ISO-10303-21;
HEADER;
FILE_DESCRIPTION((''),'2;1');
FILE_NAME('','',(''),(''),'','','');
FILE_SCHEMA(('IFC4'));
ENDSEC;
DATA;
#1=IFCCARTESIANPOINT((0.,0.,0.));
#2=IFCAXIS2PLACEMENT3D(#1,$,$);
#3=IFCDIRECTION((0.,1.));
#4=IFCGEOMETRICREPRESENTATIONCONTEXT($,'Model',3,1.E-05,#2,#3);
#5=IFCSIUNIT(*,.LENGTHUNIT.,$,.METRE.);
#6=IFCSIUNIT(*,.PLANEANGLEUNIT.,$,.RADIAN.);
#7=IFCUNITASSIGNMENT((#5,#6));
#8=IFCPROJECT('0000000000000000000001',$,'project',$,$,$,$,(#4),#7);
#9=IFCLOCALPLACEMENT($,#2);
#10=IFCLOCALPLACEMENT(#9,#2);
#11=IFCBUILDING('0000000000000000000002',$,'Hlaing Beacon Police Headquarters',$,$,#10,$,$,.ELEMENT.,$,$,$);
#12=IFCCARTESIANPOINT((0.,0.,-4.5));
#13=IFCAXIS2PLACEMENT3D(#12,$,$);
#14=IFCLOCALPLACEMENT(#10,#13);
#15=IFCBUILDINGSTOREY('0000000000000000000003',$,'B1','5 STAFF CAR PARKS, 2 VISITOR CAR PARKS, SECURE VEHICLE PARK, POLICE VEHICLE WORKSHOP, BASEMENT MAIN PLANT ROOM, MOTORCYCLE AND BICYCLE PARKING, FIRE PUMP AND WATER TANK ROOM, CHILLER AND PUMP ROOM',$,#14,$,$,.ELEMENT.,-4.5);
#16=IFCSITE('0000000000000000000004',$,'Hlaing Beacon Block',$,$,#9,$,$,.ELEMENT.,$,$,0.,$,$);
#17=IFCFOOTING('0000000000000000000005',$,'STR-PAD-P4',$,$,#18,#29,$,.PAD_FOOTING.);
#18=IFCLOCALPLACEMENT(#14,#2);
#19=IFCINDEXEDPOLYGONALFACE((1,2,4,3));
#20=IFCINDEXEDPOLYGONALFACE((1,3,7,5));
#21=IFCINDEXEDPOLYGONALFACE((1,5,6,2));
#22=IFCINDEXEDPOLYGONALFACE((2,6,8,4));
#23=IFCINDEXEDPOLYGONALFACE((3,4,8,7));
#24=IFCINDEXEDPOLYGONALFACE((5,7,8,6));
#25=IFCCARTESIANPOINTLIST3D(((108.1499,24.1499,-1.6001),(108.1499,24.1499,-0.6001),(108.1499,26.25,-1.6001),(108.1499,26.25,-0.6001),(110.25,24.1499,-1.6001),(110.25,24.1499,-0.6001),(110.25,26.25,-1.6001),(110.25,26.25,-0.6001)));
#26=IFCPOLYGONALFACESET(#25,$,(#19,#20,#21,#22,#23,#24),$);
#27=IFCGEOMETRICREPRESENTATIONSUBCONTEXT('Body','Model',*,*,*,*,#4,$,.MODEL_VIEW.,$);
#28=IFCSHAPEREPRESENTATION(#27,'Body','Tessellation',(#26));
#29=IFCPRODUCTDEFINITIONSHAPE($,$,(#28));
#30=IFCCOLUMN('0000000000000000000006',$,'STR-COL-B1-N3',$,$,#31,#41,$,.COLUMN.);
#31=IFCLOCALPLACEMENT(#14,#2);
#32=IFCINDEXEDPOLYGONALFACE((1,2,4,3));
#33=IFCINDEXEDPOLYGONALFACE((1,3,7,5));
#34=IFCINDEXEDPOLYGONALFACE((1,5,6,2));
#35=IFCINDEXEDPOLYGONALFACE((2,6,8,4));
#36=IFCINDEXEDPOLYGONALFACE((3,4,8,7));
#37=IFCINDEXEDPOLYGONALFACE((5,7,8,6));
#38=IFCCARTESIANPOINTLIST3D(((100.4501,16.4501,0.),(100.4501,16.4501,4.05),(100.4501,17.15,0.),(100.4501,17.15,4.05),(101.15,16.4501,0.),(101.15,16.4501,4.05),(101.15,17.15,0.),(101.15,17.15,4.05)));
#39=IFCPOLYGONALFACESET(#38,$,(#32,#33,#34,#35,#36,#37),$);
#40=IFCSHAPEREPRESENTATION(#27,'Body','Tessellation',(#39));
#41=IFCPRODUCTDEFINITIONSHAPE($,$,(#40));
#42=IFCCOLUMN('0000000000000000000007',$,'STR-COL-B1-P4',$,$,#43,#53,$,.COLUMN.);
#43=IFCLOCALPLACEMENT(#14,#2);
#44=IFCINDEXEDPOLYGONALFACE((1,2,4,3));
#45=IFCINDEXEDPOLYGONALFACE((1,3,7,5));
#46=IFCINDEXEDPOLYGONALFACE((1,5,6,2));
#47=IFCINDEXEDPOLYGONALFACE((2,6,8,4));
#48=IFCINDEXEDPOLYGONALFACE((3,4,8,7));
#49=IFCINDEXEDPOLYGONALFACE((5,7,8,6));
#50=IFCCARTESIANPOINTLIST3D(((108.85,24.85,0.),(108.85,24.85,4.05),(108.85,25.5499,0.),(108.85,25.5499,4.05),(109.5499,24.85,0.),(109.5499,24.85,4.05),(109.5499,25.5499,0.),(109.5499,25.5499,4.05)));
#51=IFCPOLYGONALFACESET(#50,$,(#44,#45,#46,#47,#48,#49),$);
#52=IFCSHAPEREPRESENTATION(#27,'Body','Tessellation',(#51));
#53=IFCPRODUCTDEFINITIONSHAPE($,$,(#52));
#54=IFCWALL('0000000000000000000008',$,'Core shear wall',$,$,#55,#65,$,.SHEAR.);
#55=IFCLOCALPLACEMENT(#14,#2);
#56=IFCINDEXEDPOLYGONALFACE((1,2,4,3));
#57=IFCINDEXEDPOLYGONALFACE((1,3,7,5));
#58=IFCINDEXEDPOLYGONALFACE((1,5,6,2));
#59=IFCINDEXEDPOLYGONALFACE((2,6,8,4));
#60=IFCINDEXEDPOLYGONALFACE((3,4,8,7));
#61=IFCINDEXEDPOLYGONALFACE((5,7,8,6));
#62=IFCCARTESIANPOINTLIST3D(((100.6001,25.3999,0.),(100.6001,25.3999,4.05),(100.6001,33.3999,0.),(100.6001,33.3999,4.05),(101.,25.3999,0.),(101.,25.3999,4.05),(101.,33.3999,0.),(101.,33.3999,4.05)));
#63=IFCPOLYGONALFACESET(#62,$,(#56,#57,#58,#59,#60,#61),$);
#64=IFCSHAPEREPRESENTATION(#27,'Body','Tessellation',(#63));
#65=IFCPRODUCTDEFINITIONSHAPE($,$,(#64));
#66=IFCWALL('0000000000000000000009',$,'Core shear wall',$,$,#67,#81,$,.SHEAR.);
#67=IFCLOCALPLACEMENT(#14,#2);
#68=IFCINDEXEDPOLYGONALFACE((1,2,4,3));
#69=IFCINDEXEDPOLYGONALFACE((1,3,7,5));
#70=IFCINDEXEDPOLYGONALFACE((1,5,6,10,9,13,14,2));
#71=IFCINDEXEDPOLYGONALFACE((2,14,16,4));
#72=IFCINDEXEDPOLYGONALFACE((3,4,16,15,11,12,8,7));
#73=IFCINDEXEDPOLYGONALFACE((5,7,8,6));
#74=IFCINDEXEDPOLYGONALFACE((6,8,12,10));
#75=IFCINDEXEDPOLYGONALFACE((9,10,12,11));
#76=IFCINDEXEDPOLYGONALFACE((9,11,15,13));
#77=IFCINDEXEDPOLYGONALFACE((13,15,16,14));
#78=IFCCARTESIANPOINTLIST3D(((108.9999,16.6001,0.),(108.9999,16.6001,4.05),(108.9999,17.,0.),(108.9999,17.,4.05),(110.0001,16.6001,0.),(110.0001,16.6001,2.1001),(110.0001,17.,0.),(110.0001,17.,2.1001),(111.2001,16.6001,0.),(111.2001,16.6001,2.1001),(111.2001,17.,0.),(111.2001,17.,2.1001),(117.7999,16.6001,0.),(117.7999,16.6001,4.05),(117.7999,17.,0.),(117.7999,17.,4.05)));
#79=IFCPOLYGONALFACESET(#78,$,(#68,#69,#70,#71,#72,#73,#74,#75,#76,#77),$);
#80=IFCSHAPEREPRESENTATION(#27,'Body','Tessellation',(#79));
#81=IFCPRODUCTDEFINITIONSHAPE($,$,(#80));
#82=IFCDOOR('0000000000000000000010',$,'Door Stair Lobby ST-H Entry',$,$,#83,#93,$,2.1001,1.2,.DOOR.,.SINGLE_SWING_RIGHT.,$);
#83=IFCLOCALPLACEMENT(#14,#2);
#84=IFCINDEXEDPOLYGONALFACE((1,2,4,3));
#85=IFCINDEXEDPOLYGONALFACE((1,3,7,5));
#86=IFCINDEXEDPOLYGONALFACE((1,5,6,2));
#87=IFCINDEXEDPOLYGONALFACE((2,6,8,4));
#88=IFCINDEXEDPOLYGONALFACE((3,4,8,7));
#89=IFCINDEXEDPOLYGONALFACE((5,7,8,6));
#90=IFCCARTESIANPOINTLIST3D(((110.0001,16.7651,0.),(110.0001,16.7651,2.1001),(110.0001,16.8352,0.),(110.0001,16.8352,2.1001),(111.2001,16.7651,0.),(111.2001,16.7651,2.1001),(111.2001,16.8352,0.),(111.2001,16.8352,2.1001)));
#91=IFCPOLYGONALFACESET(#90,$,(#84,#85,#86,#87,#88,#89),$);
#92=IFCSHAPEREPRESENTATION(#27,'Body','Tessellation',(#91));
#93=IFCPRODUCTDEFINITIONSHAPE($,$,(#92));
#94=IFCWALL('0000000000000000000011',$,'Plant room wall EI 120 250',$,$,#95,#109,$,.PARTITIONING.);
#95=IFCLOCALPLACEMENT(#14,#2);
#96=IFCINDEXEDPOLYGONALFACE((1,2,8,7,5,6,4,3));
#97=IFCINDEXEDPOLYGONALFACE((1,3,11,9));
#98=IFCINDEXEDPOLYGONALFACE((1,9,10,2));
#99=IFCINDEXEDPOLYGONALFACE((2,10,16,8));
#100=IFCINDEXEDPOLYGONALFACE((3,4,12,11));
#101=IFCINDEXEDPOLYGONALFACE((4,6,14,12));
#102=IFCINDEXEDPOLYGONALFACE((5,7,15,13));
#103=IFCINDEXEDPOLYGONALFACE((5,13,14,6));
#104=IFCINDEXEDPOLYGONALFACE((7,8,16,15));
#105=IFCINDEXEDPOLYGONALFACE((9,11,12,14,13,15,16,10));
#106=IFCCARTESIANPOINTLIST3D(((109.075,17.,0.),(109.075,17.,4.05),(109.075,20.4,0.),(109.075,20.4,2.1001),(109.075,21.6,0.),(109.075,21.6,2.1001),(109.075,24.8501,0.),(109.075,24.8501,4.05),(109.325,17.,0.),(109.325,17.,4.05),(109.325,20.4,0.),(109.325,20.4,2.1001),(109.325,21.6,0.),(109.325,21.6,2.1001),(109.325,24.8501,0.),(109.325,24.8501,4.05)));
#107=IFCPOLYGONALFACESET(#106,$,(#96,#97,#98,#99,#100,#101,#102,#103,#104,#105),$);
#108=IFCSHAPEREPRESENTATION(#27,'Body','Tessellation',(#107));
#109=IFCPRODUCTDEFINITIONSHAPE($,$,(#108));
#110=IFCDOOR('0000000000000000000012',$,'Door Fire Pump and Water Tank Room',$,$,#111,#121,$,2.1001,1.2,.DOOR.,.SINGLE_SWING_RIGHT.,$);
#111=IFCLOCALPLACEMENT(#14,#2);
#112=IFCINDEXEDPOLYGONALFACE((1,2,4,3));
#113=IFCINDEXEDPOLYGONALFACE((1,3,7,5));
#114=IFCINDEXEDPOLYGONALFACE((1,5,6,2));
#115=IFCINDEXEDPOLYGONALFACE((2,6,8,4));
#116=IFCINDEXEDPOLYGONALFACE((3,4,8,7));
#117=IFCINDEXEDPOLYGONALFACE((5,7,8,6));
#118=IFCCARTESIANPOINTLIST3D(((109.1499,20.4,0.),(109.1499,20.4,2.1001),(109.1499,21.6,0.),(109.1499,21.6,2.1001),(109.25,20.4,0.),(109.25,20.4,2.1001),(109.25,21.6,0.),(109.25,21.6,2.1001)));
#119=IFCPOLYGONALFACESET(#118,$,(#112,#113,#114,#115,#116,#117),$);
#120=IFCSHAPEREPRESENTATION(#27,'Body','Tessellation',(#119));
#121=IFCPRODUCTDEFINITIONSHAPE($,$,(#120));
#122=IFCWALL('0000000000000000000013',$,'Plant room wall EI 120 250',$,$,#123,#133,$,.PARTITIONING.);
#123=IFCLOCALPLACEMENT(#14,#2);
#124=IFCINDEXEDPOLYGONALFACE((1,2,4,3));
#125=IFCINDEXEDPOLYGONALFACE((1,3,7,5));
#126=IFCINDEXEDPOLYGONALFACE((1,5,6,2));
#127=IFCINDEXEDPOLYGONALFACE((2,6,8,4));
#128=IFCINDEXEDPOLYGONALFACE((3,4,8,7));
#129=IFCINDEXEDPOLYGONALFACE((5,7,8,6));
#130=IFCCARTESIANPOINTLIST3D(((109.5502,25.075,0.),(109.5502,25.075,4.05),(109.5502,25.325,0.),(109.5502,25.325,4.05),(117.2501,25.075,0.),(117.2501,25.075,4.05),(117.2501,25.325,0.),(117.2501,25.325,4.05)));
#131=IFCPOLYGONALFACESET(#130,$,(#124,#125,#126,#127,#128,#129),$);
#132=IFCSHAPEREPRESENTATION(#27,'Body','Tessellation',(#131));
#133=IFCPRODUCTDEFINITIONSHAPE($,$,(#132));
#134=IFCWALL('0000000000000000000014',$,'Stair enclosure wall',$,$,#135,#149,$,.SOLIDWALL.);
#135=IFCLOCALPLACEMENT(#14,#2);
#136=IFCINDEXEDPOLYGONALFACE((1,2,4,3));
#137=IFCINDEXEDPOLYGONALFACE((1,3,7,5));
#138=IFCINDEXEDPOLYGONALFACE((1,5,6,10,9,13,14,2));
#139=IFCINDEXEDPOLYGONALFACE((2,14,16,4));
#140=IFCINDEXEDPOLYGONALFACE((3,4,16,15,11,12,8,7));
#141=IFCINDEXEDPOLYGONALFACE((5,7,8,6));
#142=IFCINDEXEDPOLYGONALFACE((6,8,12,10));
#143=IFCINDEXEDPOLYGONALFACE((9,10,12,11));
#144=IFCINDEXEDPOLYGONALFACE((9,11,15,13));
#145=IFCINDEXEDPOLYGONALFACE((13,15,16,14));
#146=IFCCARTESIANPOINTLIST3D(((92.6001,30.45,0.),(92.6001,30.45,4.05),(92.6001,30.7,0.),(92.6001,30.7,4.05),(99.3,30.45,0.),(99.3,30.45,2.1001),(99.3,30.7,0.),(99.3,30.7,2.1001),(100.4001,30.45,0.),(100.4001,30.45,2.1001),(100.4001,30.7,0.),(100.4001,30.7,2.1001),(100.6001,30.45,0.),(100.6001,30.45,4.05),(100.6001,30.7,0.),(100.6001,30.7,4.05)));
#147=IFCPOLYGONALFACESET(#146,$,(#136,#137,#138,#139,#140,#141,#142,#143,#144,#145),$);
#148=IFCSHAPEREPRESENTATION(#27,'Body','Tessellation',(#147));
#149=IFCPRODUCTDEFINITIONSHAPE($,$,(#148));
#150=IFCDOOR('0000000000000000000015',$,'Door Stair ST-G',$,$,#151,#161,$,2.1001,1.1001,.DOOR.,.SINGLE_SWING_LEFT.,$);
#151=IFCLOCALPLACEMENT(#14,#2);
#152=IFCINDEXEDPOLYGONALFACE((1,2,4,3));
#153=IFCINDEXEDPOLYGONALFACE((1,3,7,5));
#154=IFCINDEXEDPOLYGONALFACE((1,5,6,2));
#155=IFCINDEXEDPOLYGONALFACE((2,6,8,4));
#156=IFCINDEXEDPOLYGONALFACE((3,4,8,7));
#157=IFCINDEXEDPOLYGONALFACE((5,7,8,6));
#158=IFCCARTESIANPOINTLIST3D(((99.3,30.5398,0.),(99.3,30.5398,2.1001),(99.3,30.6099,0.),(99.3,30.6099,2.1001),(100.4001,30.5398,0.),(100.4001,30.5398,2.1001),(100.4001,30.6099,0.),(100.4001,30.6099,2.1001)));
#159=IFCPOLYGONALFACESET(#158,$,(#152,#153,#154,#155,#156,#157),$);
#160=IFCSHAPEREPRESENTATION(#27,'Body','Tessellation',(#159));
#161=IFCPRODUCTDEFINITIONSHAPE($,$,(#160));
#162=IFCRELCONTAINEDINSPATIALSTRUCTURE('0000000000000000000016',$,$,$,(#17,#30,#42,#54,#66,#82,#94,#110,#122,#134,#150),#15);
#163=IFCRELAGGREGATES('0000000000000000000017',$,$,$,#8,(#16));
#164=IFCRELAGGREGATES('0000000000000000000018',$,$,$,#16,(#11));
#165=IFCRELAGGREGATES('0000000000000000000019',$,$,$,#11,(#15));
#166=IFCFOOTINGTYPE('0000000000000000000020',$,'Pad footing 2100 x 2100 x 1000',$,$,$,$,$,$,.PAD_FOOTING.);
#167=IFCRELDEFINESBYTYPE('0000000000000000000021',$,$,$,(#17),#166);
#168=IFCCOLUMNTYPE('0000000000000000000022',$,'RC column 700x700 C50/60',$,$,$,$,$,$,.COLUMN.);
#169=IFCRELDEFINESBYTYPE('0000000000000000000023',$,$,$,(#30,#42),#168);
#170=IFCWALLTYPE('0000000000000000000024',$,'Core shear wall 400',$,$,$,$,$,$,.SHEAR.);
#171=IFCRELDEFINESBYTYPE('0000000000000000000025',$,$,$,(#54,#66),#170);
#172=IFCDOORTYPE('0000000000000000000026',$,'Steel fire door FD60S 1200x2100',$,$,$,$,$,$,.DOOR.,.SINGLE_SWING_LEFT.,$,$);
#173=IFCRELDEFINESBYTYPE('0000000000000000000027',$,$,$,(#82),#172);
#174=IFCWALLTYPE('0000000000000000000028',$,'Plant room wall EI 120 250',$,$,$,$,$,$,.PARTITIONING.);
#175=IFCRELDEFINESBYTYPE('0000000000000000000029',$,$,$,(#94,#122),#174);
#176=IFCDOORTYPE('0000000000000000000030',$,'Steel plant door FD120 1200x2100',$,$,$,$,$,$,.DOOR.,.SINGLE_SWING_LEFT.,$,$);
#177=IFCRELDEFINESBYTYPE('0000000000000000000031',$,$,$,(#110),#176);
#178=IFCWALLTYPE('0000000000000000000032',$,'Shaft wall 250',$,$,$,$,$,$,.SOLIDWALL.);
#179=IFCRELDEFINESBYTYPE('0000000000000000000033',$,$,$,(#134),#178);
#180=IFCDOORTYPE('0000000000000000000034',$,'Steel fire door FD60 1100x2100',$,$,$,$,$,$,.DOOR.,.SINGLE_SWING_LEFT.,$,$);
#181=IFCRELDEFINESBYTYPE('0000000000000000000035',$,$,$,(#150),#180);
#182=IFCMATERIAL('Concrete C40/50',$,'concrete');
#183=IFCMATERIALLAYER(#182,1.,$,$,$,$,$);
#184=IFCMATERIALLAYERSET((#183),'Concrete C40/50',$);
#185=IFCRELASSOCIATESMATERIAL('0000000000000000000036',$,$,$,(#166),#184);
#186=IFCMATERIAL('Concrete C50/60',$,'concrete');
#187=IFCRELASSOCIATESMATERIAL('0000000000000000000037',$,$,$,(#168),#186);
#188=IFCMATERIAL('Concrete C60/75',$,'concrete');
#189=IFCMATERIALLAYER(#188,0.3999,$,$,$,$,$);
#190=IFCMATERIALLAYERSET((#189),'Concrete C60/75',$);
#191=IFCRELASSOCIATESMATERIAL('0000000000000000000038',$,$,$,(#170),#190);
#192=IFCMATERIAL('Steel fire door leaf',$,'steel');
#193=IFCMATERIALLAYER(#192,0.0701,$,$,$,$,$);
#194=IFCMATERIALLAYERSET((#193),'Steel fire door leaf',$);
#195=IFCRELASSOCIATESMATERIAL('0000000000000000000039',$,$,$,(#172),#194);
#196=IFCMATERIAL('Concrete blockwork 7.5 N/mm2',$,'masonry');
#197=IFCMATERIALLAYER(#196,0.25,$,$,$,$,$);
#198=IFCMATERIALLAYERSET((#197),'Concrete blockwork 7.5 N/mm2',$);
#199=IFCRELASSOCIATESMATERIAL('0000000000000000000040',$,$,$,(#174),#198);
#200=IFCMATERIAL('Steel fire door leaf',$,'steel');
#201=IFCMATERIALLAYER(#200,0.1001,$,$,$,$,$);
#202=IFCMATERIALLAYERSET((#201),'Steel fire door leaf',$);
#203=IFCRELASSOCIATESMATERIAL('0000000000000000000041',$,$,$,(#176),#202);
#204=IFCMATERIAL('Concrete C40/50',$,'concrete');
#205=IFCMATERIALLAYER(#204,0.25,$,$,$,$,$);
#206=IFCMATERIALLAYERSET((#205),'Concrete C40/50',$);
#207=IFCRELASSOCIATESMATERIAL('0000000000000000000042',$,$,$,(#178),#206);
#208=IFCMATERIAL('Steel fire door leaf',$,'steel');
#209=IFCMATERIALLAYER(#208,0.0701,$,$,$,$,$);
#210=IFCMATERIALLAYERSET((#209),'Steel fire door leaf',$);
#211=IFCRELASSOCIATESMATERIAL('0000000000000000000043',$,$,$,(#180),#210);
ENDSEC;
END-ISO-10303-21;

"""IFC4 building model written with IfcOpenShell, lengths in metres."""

from ifc_helpers import new_model, si_unit, direction, frame, frame_2d, origin, origin_2d, place, context, subcontext, project, spatial, rectangle, extrude, material, layer, layer_set, material_profile, profile_set, type_object, element, fill, save


model = new_model("IFC4")

# Units and contexts
model_context = context("Model", 3, precision=1e-05, world=origin(), true_north=direction((0.0, 1.0)))
body_context = subcontext(model_context, "Body", "Model", "MODEL_VIEW")
ifc_project = project(units=[si_unit("LENGTHUNIT", "METRE"), si_unit("PLANEANGLEUNIT", "RADIAN")], contexts=[model_context])

# Site, building, storey
site_placement = place(None, origin())
site = spatial("IfcSite", under=ifc_project, at=site_placement, Name="Hlaing Beacon Block", CompositionType="ELEMENT", RefElevation=0.0)
building_placement = place(site_placement, origin())
building = spatial("IfcBuilding", under=site, at=building_placement, Name="Hlaing Beacon Police Headquarters", CompositionType="ELEMENT")
storey_placement = place(building_placement, frame((0.0, 0.0, -4.5)))
storey = spatial("IfcBuildingStorey", under=building, at=storey_placement, Name="B1", Description="5 STAFF CAR PARKS, 2 VISITOR CAR PARKS, SECURE VEHICLE PARK, POLICE VEHICLE WORKSHOP, BASEMENT MAIN PLANT ROOM, MOTORCYCLE AND BICYCLE PARKING, FIRE PUMP AND WATER TANK ROOM, CHILLER AND PUMP ROOM", CompositionType="ELEMENT", Elevation=-4.5)

# Footing
ifc_material_1 = material(Name="Concrete C40/50", Category="concrete")
ifc_layer_1 = layer(ifc_material_1, 1.0)
ifc_layer_set_1 = layer_set([ifc_layer_1], Name="Concrete C40/50")
footing_type = type_object("IfcFootingType", Name="Pad footing 2100 x 2100 x 1000", PredefinedType="PAD_FOOTING", material=ifc_layer_set_1)
footing_placement = place(storey_placement, frame((109.2, 25.2, -1.6001), z_axis=(0.0, 0.0, 1.0), x_axis=(1.0, 0.0, 0.0)))
element("IfcFooting", 1, at=footing_placement, inside=storey, type_object=footing_type, Name="STR-PAD-P4", PredefinedType="PAD_FOOTING", context=body_context, shape_type="SweptSolid", body=[
    extrude(rectangle(XDim=2.1001, YDim=2.1001, at=origin_2d()), origin(), (0.0, 0.0, 1.0), 1.0),
])

# Columns
ifc_material_2 = material(Name="Concrete C50/60", Category="concrete")
ifc_material_profile_1 = material_profile(ifc_material_2, rectangle(XDim=0.7, YDim=0.7, at=origin_2d()), Name="700x700")
ifc_profile_set_1 = profile_set([ifc_material_profile_1], Name="Concrete C50/60")
column_type = type_object("IfcColumnType", Name="RC column 700x700 C50/60", PredefinedType="COLUMN", material=ifc_profile_set_1)
for number, where, z_axis, x_axis, name in (
    (2, (100.8, 16.8, 0.0), (0.0, 0.0, 1.0), (1.0, 0.0, 0.0), "STR-COL-B1-N3"),
    (3, (109.2, 25.2, 0.0), (0.0, 0.0, 1.0), (1.0, 0.0, 0.0), "STR-COL-B1-P4"),
):
    element("IfcColumn", number, at=place(storey_placement, frame(where, z_axis=z_axis, x_axis=x_axis)), inside=storey, type_object=column_type, Name=name, PredefinedType="COLUMN", context=body_context, shape_type="SweptSolid", body=[
        extrude(rectangle(XDim=0.7, YDim=0.7, at=origin_2d()), origin(), (0.0, 0.0, 1.0), 4.05),
    ])

# Wall
ifc_material_3 = material(Name="Concrete C60/75", Category="concrete")
ifc_layer_2 = layer(ifc_material_3, 0.3999)
ifc_layer_set_2 = layer_set([ifc_layer_2], Name="Concrete C60/75")
wall_type_1 = type_object("IfcWallType", Name="Core shear wall 400", PredefinedType="SHEAR", material=ifc_layer_set_2)
wall_1_placement = place(storey_placement, frame((100.8, 25.3999, 0.0), z_axis=(0.0, 0.0, 1.0), x_axis=(0.0, 1.0, 0.0)))
element("IfcWall", 4, at=wall_1_placement, inside=storey, type_object=wall_type_1, Name="Core shear wall", PredefinedType="SHEAR", context=body_context, shape_type="SweptSolid", body=[
    extrude(rectangle(XDim=8.0, YDim=0.3999, at=frame_2d((4.0, 0.0))), origin(), (0.0, 0.0, 1.0), 4.05),
])

# Walls, openings, doors
wall_2_placement = place(storey_placement, frame((109.0, 16.8, 0.0), z_axis=(0.0, 0.0, 1.0), x_axis=(1.0, 0.0, 0.0)))
wall_2 = element("IfcWall", 5, at=wall_2_placement, inside=storey, type_object=wall_type_1, Name="Core shear wall", PredefinedType="SHEAR", context=body_context, shape_type="SweptSolid", body=[
    extrude(rectangle(XDim=8.8, YDim=0.3999, at=frame_2d((4.3999, 0.0))), origin(), (0.0, 0.0, 1.0), 4.05),
])
opening_1_placement = place(wall_2_placement, frame((1.0, 0.0, 0.0)))
opening_1 = element("IfcOpeningElement", 6, at=opening_1_placement, cuts=wall_2, PredefinedType="OPENING", context=body_context, shape_type="SweptSolid", body=[
    extrude(rectangle(XDim=1.2, YDim=2.1001, at=frame_2d((0.6001, 1.05))), frame((0.0, 0.21, 0.0), z_axis=(0.0, -1.0, 0.0), x_axis=(1.0, 0.0, 0.0)), (0.0, 0.0, 1.0), 0.4199),
])
ifc_material_4 = material(Name="Steel fire door leaf", Category="steel")
ifc_layer_3 = layer(ifc_material_4, 0.0701)
ifc_layer_set_3 = layer_set([ifc_layer_3], Name="Steel fire door leaf")
door_type_1 = type_object("IfcDoorType", Name="Steel fire door FD60S 1200x2100", OperationType="SINGLE_SWING_LEFT", PredefinedType="DOOR", material=ifc_layer_set_3)
door_1_placement = place(opening_1_placement, frame((1.2, 0.0, 0.0), z_axis=(0.0, 0.0, 1.0), x_axis=(-1.0, 0.0, 0.0)))
door_1 = element("IfcDoor", 7, at=door_1_placement, inside=storey, type_object=door_type_1, Name="Door Stair Lobby ST-H Entry", OperationType="SINGLE_SWING_RIGHT", OverallHeight=2.1001, OverallWidth=1.2, PredefinedType="DOOR", context=body_context, shape_type="SweptSolid", body=[
    extrude(rectangle(XDim=1.2, YDim=2.1001, at=frame_2d((0.5999, 1.05))), frame((0.0, 0.0349, 0.0), z_axis=(0.0, -1.0, 0.0), x_axis=(1.0, 0.0, 0.0)), (0.0, 0.0, 1.0), 0.0701),
])
fill(opening_1, door_1)
ifc_material_5 = material(Name="Concrete blockwork 7.5 N/mm2", Category="masonry")
ifc_layer_4 = layer(ifc_material_5, 0.25)
ifc_layer_set_4 = layer_set([ifc_layer_4], Name="Concrete blockwork 7.5 N/mm2")
wall_type_2 = type_object("IfcWallType", Name="Plant room wall EI 120 250", PredefinedType="PARTITIONING", material=ifc_layer_set_4)
wall_3_placement = place(storey_placement, frame((109.2, 17.0, 0.0), z_axis=(0.0, 0.0, 1.0), x_axis=(0.0, 1.0, 0.0)))
wall_3 = element("IfcWall", 8, at=wall_3_placement, inside=storey, type_object=wall_type_2, Name="Plant room wall EI 120 250", PredefinedType="PARTITIONING", context=body_context, shape_type="SweptSolid", body=[
    extrude(rectangle(XDim=7.8501, YDim=0.25, at=frame_2d((3.925, 0.0))), origin(), (0.0, 0.0, 1.0), 4.05),
])
opening_2_placement = place(wall_3_placement, frame((3.3999, 0.0, 0.0)))
opening_2 = element("IfcOpeningElement", 9, at=opening_2_placement, cuts=wall_3, PredefinedType="OPENING", context=body_context, shape_type="SweptSolid", body=[
    extrude(rectangle(XDim=1.2, YDim=2.1001, at=frame_2d((0.6001, 1.05))), frame((0.0, 0.135, 0.0), z_axis=(0.0, -1.0, 0.0), x_axis=(1.0, 0.0, 0.0)), (0.0, 0.0, 1.0), 0.27),
])
ifc_material_6 = material(Name="Steel fire door leaf", Category="steel")
ifc_layer_5 = layer(ifc_material_6, 0.1001)
ifc_layer_set_5 = layer_set([ifc_layer_5], Name="Steel fire door leaf")
door_type_2 = type_object("IfcDoorType", Name="Steel plant door FD120 1200x2100", OperationType="SINGLE_SWING_LEFT", PredefinedType="DOOR", material=ifc_layer_set_5)
door_2_placement = place(opening_2_placement, frame((1.2, 0.0, 0.0), z_axis=(0.0, 0.0, 1.0), x_axis=(-1.0, 0.0, 0.0)))
door_2 = element("IfcDoor", 10, at=door_2_placement, inside=storey, type_object=door_type_2, Name="Door Fire Pump and Water Tank Room", OperationType="SINGLE_SWING_RIGHT", OverallHeight=2.1001, OverallWidth=1.2, PredefinedType="DOOR", context=body_context, shape_type="SweptSolid", body=[
    extrude(rectangle(XDim=1.2, YDim=2.1001, at=frame_2d((0.5999, 1.05))), frame((0.0, 0.05, 0.0), z_axis=(0.0, -1.0, 0.0), x_axis=(1.0, 0.0, 0.0)), (0.0, 0.0, 1.0), 0.1001),
])
fill(opening_2, door_2)

# Wall
wall_4_placement = place(storey_placement, frame((109.55, 25.2, 0.0), z_axis=(0.0, 0.0, 1.0), x_axis=(1.0, 0.0, 0.0)))
element("IfcWall", 11, at=wall_4_placement, inside=storey, type_object=wall_type_2, Name="Plant room wall EI 120 250", PredefinedType="PARTITIONING", context=body_context, shape_type="SweptSolid", body=[
    extrude(rectangle(XDim=7.7, YDim=0.25, at=frame_2d((3.8501, 0.0))), origin(), (0.0, 0.0, 1.0), 4.05),
])

# Wall, opening, door
ifc_material_7 = material(Name="Concrete C40/50", Category="concrete")
ifc_layer_6 = layer(ifc_material_7, 0.25)
ifc_layer_set_6 = layer_set([ifc_layer_6], Name="Concrete C40/50")
wall_type_3 = type_object("IfcWallType", Name="Shaft wall 250", PredefinedType="SOLIDWALL", material=ifc_layer_set_6)
wall_5_placement = place(storey_placement, frame((100.6001, 30.575, 0.0), z_axis=(0.0, 0.0, 1.0), x_axis=(-1.0, 0.0, 0.0)))
wall_5 = element("IfcWall", 12, at=wall_5_placement, inside=storey, type_object=wall_type_3, Name="Stair enclosure wall", PredefinedType="SOLIDWALL", context=body_context, shape_type="SweptSolid", body=[
    extrude(rectangle(XDim=8.0, YDim=0.25, at=frame_2d((4.0, 0.0))), origin(), (0.0, 0.0, 1.0), 4.05),
])
opening_3_placement = place(wall_5_placement, frame((0.2, 0.0, 0.0)))
opening_3 = element("IfcOpeningElement", 13, at=opening_3_placement, cuts=wall_5, PredefinedType="OPENING", context=body_context, shape_type="SweptSolid", body=[
    extrude(rectangle(XDim=1.1001, YDim=2.1001, at=frame_2d((0.55, 1.05))), frame((0.0, 0.135, 0.0), z_axis=(0.0, -1.0, 0.0), x_axis=(1.0, 0.0, 0.0)), (0.0, 0.0, 1.0), 0.27),
])
ifc_material_8 = material(Name="Steel fire door leaf", Category="steel")
ifc_layer_7 = layer(ifc_material_8, 0.0701)
ifc_layer_set_7 = layer_set([ifc_layer_7], Name="Steel fire door leaf")
door_type_3 = type_object("IfcDoorType", Name="Steel fire door FD60 1100x2100", OperationType="SINGLE_SWING_LEFT", PredefinedType="DOOR", material=ifc_layer_set_7)
door_3_placement = place(opening_3_placement, frame((1.1001, 0.0, 0.0), z_axis=(0.0, 0.0, 1.0), x_axis=(-1.0, 0.0, 0.0)))
door_3 = element("IfcDoor", 14, at=door_3_placement, inside=storey, type_object=door_type_3, Name="Door Stair ST-G", OperationType="SINGLE_SWING_LEFT", OverallHeight=2.1001, OverallWidth=1.1001, PredefinedType="DOOR", context=body_context, shape_type="SweptSolid", body=[
    extrude(rectangle(XDim=1.1001, YDim=2.1001, at=frame_2d((0.55, 1.05))), frame((0.0, 0.0349, 0.0), z_axis=(0.0, -1.0, 0.0), x_axis=(1.0, 0.0, 0.0)), (0.0, 0.0, 1.0), 0.0701),
])
fill(opening_3, door_3)

save(model, "model.ifc")
